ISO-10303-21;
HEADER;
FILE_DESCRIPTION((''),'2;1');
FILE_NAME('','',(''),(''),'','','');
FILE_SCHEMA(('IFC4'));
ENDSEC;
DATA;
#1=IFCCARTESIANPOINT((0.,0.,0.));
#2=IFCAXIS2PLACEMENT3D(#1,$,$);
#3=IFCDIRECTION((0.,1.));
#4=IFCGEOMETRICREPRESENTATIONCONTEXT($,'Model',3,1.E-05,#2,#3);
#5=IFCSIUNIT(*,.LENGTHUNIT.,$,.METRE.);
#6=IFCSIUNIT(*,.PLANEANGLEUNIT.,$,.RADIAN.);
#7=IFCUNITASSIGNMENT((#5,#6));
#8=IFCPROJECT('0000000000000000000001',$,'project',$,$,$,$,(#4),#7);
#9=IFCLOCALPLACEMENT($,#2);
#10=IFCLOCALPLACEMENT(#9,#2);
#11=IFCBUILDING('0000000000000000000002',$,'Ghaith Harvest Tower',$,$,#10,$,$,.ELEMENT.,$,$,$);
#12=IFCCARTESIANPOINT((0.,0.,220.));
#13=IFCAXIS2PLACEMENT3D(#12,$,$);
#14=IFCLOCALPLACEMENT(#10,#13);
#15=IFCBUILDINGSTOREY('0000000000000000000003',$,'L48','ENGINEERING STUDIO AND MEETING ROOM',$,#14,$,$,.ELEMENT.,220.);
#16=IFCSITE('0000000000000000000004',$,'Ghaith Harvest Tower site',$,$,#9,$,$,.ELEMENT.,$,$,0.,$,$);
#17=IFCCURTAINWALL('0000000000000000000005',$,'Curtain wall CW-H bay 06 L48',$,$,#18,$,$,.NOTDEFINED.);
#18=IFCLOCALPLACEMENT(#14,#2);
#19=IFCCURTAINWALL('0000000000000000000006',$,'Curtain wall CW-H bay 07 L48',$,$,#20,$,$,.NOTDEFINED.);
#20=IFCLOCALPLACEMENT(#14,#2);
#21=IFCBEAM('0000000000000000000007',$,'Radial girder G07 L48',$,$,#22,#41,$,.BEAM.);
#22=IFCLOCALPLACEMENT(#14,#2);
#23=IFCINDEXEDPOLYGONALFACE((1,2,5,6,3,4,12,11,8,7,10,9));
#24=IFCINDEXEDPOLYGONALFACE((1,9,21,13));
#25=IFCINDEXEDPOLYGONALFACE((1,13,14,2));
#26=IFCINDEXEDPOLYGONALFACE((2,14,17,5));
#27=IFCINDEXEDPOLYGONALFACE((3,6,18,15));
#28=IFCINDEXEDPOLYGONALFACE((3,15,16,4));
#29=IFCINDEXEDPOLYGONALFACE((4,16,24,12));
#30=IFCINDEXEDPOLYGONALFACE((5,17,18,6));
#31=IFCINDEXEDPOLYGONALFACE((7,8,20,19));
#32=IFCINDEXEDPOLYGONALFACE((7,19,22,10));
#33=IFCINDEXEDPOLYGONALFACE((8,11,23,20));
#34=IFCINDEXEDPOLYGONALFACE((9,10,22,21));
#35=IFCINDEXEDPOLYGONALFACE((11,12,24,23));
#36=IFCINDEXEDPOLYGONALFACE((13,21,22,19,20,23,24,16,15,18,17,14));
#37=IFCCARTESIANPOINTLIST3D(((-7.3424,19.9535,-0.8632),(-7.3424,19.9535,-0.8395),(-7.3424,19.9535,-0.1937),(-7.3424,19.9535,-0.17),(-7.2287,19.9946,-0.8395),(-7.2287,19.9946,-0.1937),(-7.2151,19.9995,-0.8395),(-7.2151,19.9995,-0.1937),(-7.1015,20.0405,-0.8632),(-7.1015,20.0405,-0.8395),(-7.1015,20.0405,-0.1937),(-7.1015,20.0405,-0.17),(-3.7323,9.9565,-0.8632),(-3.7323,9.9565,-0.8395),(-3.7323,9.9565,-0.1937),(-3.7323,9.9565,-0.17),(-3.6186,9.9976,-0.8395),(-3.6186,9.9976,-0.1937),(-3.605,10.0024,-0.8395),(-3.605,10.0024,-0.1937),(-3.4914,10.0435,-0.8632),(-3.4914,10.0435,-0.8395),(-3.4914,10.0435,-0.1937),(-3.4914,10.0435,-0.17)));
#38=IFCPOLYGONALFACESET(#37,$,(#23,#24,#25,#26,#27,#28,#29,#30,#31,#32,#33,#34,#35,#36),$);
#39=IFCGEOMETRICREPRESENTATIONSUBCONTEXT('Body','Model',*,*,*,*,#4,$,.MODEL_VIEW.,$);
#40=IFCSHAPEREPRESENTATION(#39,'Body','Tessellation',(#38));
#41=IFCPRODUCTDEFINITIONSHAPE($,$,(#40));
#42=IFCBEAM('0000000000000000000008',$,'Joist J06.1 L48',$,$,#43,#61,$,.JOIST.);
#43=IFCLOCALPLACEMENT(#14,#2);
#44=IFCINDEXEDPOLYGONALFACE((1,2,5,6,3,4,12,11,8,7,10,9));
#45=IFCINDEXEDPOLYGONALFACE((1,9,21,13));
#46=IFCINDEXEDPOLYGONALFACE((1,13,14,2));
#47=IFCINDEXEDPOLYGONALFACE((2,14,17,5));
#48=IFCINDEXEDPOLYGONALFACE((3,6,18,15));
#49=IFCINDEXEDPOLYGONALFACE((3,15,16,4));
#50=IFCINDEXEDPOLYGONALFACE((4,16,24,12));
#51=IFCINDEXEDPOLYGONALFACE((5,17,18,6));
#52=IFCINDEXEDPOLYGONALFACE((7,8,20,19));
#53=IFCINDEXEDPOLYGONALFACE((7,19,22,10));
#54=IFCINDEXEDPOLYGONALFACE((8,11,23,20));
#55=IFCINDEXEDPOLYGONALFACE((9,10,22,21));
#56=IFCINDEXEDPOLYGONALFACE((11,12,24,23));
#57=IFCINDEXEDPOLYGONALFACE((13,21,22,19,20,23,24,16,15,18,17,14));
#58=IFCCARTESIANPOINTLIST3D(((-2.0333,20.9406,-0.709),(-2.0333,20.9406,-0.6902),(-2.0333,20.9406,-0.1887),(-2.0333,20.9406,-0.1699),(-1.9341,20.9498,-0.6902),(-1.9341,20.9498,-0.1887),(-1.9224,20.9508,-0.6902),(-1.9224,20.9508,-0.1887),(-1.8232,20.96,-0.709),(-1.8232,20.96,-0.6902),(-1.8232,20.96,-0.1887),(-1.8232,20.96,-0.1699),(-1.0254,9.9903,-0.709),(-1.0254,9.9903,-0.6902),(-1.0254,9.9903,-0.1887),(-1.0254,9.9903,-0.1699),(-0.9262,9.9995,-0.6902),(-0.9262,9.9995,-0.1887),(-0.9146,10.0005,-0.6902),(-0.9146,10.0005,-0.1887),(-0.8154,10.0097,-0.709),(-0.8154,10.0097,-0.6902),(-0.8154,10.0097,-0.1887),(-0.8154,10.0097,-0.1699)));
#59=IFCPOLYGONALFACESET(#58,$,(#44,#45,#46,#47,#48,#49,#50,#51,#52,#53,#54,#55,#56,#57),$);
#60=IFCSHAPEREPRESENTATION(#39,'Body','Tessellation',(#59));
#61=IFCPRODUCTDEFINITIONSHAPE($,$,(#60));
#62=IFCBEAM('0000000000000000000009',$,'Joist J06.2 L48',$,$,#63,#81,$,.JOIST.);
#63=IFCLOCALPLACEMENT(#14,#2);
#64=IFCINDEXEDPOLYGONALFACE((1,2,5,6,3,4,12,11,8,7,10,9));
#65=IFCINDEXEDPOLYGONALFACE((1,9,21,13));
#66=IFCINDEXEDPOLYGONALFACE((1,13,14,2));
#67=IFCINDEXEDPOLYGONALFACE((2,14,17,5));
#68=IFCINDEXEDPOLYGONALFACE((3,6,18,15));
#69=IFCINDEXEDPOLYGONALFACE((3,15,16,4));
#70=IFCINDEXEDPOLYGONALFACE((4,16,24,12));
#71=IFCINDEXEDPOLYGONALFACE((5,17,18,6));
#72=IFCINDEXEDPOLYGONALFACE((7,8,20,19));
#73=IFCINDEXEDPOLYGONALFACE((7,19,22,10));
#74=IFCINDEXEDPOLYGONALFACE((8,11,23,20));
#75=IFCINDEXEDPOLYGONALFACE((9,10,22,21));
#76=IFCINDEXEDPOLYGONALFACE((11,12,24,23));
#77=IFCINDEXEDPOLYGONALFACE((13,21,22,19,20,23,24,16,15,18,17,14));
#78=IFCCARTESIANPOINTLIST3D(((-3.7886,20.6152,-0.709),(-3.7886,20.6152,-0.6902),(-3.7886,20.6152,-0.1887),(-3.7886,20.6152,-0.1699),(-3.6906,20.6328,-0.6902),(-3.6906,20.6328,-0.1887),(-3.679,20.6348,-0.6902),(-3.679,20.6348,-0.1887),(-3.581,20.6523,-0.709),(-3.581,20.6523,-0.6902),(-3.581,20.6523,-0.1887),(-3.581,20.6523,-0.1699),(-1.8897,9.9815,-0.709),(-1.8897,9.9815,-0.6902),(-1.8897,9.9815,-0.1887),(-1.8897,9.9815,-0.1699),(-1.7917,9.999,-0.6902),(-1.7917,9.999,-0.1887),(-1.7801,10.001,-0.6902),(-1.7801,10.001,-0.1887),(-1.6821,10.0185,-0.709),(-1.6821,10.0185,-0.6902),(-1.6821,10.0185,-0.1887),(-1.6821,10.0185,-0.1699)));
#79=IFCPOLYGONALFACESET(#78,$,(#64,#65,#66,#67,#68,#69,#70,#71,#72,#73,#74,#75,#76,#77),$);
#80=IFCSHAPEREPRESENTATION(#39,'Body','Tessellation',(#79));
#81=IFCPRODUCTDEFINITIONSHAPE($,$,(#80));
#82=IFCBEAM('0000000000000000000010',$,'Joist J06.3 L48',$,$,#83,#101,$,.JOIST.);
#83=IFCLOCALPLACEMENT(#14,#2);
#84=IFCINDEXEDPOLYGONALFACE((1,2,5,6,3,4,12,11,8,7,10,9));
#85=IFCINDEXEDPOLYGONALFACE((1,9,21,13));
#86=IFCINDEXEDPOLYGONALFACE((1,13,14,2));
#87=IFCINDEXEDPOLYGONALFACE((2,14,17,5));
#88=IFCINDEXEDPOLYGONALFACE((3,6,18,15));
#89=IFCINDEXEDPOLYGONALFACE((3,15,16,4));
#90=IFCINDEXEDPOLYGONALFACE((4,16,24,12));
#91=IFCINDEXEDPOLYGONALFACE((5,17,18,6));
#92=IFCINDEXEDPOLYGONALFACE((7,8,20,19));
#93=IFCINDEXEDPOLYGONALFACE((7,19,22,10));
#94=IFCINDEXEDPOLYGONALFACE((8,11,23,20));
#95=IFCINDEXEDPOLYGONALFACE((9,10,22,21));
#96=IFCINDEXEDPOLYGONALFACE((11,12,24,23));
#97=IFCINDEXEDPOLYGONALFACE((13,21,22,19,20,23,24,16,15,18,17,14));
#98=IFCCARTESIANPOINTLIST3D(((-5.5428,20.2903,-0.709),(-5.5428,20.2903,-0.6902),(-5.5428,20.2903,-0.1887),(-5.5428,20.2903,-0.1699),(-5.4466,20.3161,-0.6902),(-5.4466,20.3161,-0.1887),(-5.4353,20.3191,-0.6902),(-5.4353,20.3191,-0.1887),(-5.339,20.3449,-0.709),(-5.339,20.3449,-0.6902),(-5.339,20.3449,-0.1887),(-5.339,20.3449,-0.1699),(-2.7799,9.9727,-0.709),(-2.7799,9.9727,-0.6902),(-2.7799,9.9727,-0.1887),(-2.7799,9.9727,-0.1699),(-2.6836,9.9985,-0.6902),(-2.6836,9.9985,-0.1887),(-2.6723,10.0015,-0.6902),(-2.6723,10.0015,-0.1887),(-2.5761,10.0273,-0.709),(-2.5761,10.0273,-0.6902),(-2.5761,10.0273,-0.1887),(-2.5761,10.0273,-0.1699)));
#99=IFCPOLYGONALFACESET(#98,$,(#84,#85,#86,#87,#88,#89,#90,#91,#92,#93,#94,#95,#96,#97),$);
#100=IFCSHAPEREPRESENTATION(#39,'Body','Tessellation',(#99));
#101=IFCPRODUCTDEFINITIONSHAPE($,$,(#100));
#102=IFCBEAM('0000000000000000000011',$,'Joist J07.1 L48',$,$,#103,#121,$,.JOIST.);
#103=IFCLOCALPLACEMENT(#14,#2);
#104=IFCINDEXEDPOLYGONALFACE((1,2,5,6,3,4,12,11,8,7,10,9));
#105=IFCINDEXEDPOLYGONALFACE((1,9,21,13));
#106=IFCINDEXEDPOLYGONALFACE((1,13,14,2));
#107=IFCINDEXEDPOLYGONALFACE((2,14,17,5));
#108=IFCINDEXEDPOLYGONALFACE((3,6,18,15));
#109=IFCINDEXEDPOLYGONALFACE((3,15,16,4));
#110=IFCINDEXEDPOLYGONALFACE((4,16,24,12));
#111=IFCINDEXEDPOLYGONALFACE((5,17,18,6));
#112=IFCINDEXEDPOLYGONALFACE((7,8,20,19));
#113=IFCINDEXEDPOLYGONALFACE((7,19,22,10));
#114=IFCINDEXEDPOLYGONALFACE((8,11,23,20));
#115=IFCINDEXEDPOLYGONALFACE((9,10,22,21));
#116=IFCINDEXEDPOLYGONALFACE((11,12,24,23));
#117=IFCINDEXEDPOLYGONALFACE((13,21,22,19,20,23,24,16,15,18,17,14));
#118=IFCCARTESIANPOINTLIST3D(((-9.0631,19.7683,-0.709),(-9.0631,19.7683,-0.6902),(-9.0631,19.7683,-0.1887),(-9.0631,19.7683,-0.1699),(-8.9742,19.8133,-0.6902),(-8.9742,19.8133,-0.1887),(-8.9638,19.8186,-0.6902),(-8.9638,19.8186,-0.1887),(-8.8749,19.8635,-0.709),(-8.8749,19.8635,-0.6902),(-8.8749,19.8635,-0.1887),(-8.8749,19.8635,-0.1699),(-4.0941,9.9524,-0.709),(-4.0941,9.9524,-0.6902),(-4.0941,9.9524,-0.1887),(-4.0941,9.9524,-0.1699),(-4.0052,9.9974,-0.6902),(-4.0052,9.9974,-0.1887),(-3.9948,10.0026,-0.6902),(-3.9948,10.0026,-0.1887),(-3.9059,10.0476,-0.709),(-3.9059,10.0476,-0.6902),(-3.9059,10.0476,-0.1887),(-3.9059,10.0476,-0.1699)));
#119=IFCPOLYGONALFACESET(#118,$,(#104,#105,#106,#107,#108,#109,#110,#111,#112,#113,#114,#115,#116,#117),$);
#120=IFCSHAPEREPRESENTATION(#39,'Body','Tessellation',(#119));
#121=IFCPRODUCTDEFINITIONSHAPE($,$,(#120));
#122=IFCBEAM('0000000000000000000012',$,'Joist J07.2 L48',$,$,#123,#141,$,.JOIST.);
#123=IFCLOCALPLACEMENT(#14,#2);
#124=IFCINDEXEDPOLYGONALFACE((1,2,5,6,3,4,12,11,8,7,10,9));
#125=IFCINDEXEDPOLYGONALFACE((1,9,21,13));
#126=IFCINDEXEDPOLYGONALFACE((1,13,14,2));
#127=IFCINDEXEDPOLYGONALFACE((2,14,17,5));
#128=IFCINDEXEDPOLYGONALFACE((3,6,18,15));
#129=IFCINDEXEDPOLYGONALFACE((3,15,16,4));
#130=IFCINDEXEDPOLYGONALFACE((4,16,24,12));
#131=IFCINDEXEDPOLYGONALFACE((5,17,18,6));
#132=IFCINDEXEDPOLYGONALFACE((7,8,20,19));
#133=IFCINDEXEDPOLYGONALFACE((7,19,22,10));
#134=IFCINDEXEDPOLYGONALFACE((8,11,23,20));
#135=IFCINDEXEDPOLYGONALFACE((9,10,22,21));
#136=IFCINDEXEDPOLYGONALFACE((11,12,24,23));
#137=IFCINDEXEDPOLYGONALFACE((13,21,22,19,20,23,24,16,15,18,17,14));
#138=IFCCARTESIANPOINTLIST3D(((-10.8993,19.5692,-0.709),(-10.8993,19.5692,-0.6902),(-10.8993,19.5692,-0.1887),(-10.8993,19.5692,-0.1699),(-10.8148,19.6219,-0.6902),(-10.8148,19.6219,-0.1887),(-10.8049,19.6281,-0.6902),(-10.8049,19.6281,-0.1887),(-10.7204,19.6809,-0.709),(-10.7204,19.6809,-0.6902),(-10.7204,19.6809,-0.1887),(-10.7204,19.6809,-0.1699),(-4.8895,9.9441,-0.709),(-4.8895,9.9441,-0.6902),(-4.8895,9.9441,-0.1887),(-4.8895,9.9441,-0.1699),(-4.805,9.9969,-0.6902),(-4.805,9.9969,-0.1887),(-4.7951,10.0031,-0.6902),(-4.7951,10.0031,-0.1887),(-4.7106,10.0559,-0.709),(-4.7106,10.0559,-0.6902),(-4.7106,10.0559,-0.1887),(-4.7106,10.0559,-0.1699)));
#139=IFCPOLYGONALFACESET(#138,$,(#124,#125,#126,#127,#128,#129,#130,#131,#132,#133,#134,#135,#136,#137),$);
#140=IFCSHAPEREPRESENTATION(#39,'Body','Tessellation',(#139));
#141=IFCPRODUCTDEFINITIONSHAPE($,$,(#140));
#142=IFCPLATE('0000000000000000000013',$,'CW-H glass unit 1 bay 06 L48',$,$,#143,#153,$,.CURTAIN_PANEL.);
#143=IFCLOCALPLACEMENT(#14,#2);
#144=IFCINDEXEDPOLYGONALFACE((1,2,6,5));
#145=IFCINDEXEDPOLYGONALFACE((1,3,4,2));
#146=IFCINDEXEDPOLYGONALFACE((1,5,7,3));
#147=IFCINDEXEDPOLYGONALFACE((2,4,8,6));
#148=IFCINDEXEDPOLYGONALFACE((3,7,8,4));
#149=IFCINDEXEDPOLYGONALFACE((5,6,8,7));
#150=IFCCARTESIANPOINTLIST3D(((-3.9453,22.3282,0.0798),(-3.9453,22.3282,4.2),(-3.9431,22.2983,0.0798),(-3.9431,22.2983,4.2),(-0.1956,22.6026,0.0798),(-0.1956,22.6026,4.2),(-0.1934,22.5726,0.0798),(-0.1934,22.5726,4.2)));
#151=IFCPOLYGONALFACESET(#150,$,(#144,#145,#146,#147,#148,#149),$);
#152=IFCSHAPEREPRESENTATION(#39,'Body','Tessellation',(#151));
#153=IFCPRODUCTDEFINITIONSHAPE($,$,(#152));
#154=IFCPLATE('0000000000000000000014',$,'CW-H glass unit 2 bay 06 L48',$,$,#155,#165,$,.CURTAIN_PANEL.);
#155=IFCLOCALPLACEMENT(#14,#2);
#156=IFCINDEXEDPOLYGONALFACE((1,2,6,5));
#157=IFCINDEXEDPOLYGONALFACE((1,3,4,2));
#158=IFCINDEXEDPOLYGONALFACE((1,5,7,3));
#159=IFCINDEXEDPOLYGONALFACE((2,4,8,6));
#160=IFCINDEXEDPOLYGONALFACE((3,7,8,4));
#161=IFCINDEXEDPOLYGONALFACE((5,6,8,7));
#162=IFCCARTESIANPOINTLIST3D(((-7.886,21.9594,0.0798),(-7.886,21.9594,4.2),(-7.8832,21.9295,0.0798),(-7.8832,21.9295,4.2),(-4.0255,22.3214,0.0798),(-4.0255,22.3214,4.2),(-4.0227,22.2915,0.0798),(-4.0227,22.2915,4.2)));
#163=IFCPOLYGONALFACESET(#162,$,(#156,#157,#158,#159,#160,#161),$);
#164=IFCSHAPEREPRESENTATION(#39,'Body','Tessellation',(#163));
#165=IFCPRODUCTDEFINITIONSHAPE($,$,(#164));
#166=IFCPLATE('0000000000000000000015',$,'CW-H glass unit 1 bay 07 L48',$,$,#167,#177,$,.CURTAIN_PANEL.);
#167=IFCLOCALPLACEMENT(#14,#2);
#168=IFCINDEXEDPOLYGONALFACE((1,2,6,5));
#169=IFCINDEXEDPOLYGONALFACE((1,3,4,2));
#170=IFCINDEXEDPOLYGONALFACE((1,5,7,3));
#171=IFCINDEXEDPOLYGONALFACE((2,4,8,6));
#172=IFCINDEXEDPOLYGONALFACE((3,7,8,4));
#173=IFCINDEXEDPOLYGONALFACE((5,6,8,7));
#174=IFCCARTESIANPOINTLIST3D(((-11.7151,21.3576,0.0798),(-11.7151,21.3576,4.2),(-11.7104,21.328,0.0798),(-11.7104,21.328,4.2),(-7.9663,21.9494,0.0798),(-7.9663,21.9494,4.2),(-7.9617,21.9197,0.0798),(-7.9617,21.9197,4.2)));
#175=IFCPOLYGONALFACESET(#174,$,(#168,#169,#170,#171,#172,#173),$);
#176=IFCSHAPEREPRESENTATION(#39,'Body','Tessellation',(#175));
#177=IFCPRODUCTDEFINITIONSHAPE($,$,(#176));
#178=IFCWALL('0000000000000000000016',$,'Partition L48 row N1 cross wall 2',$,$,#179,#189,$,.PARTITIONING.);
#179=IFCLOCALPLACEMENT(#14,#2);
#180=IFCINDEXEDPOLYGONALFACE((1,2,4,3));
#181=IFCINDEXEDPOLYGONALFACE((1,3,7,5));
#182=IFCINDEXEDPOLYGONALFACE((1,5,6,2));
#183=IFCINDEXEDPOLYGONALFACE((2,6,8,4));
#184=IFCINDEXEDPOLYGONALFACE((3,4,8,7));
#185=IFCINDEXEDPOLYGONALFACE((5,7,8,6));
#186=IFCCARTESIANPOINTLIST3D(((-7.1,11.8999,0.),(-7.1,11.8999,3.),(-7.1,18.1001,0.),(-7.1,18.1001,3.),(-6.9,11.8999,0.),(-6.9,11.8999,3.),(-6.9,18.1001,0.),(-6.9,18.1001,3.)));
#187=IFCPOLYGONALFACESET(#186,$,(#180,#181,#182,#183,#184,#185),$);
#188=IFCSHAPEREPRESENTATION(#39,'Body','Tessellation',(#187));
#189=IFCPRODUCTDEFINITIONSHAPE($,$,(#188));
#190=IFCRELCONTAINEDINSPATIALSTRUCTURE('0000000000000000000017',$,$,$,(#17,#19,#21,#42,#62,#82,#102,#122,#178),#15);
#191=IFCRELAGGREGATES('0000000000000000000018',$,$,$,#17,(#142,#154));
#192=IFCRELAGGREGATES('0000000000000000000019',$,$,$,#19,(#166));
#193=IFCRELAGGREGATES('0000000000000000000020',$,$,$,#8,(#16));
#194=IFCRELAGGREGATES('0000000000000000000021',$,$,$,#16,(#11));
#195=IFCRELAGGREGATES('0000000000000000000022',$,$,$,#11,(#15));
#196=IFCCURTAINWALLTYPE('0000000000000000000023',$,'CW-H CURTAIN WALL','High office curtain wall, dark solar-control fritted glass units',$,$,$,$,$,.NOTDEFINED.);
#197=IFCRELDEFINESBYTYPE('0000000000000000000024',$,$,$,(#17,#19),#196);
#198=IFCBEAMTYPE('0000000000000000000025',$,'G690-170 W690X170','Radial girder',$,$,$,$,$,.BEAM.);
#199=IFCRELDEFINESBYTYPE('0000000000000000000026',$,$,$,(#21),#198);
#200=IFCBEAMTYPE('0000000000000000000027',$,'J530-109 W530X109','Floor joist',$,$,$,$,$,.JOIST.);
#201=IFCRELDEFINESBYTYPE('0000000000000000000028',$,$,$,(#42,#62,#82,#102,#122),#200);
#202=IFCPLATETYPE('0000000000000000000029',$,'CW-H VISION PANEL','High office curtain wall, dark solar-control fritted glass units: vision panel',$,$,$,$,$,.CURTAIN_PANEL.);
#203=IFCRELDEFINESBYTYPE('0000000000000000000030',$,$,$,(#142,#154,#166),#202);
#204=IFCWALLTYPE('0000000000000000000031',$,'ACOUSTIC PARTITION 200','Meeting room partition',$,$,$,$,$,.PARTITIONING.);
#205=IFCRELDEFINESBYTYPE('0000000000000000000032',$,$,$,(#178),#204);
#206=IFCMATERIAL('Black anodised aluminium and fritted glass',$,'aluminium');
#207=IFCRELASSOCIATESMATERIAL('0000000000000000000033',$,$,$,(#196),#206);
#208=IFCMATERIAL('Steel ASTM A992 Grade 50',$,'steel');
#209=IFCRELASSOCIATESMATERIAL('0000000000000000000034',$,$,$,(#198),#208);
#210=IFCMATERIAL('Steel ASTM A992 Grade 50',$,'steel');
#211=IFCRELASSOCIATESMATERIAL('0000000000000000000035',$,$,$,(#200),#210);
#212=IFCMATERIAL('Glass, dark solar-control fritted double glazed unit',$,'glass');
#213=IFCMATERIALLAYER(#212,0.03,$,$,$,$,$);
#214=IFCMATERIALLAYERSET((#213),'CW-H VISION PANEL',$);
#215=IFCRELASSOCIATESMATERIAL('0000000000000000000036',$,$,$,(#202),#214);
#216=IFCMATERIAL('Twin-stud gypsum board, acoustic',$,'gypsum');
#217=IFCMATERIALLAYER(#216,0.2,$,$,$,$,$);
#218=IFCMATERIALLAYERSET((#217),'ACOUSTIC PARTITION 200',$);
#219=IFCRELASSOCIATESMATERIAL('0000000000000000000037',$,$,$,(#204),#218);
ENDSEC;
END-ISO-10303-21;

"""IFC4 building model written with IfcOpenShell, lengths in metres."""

from ifc_helpers import new_model, si_unit, direction, frame, frame_2d, origin, origin_2d, place, context, subcontext, project, spatial, rectangle, i_section, extrude, material, layer, layer_set, material_profile, profile_set, type_object, element, aggregate, save


model = new_model("IFC4")

# Units and contexts
model_context = context("Model", 3, precision=1e-05, world=origin(), true_north=direction((0.0, 1.0)))
body_context = subcontext(model_context, "Body", "Model", "MODEL_VIEW")
ifc_project = project(units=[si_unit("LENGTHUNIT", "METRE"), si_unit("PLANEANGLEUNIT", "RADIAN")], contexts=[model_context])

# Site, building, storey
site_placement = place(None, origin())
site = spatial("IfcSite", under=ifc_project, at=site_placement, Name="Ghaith Harvest Tower site", CompositionType="ELEMENT", RefElevation=0.0)
building_placement = place(site_placement, origin())
building = spatial("IfcBuilding", under=site, at=building_placement, Name="Ghaith Harvest Tower", CompositionType="ELEMENT")
storey_placement = place(building_placement, frame((0.0, 0.0, 220.0)))
storey = spatial("IfcBuildingStorey", under=building, at=storey_placement, Name="L48", Description="ENGINEERING STUDIO AND MEETING ROOM", CompositionType="ELEMENT", Elevation=220.0)

# Curtain walls
ifc_material_1 = material(Name="Black anodised aluminium and fritted glass", Category="aluminium")
curtain_wall_type = type_object("IfcCurtainWallType", Name="CW-H CURTAIN WALL", Description="High office curtain wall, dark solar-control fritted glass units", PredefinedType="NOTDEFINED", material=ifc_material_1)
curtain_wall_1_placement = place(storey_placement, origin())
curtain_wall_1 = element("IfcCurtainWall", 1, at=curtain_wall_1_placement, inside=storey, type_object=curtain_wall_type, Name="Curtain wall CW-H bay 06 L48", PredefinedType="NOTDEFINED")
curtain_wall_2_placement = place(storey_placement, origin())
curtain_wall_2 = element("IfcCurtainWall", 2, at=curtain_wall_2_placement, inside=storey, type_object=curtain_wall_type, Name="Curtain wall CW-H bay 07 L48", PredefinedType="NOTDEFINED")

# Beams
ifc_material_2 = material(Name="Steel ASTM A992 Grade 50", Category="steel")
ifc_material_profile_1 = material_profile(ifc_material_2, i_section(OverallWidth=0.2561, OverallDepth=0.6931, WebThickness=0.0144, FlangeThickness=0.0237, at=origin_2d()), Name="W690X170")
ifc_profile_set_1 = profile_set([ifc_material_profile_1], Name="Steel ASTM A992 Grade 50")
beam_type_1 = type_object("IfcBeamType", Name="G690-170 W690X170", Description="Radial girder", PredefinedType="BEAM", material=ifc_profile_set_1)
beam_1_placement = place(storey_placement, frame((-3.6118, 10.0, -0.5166), z_axis=(-0.339649, 0.940552, 0.0), x_axis=(-0.940552, -0.339649, 0.0)))
element("IfcBeam", 3, at=beam_1_placement, inside=storey, type_object=beam_type_1, Name="Radial girder G07 L48", PredefinedType="BEAM", context=body_context, shape_type="SweptSolid", body=[
    extrude(i_section(OverallWidth=0.2561, OverallDepth=0.6931, WebThickness=0.0144, FlangeThickness=0.0237, at=origin_2d()), origin(), (0.0, 0.0, 1.0), 10.6289),
])
ifc_material_3 = material(Name="Steel ASTM A992 Grade 50", Category="steel")
ifc_material_profile_2 = material_profile(ifc_material_3, i_section(OverallWidth=0.2109, OverallDepth=0.5391, WebThickness=0.0117, FlangeThickness=0.0188, at=origin_2d()), Name="W530X109")
ifc_profile_set_2 = profile_set([ifc_material_profile_2], Name="Steel ASTM A992 Grade 50")
beam_type_2 = type_object("IfcBeamType", Name="J530-109 W530X109", Description="Floor joist", PredefinedType="JOIST", material=ifc_profile_set_2)
beam_2_placement = place(storey_placement, frame((-0.9204, 10.0, -0.4395), z_axis=(-0.091649, 0.995791, 0.0), x_axis=(-0.995791, -0.091649, 0.0)))
element("IfcBeam", 4, at=beam_2_placement, inside=storey, type_object=beam_type_2, Name="Joist J06.1 L48", PredefinedType="JOIST", context=body_context, shape_type="SweptSolid", body=[
    extrude(i_section(OverallWidth=0.2109, OverallDepth=0.5391, WebThickness=0.0117, FlangeThickness=0.0188, at=origin_2d()), origin(), (0.0, 0.0, 1.0), 10.9966),
])
beam_3_placement = place(storey_placement, frame((-1.7859, 10.0, -0.4395), z_axis=(-0.175794, 0.984427, 0.0), x_axis=(-0.984427, -0.175794, 0.0)))
element("IfcBeam", 5, at=beam_3_placement, inside=storey, type_object=beam_type_2, Name="Joist J06.2 L48", PredefinedType="JOIST", context=body_context, shape_type="SweptSolid", body=[
    extrude(i_section(OverallWidth=0.2109, OverallDepth=0.5391, WebThickness=0.0117, FlangeThickness=0.0188, at=origin_2d()), origin(), (0.0, 0.0, 1.0), 10.802),
])
beam_4_placement = place(storey_placement, frame((-2.678, 10.0, -0.4395), z_axis=(-0.258674, 0.965965, 0.0), x_axis=(-0.965965, -0.258674, 0.0)))
element("IfcBeam", 6, at=beam_4_placement, inside=storey, type_object=beam_type_2, Name="Joist J06.3 L48", PredefinedType="JOIST", context=body_context, shape_type="SweptSolid", body=[
    extrude(i_section(OverallWidth=0.2109, OverallDepth=0.5391, WebThickness=0.0117, FlangeThickness=0.0188, at=origin_2d()), origin(), (0.0, 0.0, 1.0), 10.6812),
])
beam_5_placement = place(storey_placement, frame((-4.0, 10.0, -0.4395), z_axis=(-0.451646, 0.892197, 0.0), x_axis=(-0.892197, -0.451646, 0.0)))
element("IfcBeam", 7, at=beam_5_placement, inside=storey, type_object=beam_type_2, Name="Joist J07.1 L48", PredefinedType="JOIST", context=body_context, shape_type="SweptSolid", body=[
    extrude(i_section(OverallWidth=0.2109, OverallDepth=0.5391, WebThickness=0.0117, FlangeThickness=0.0188, at=origin_2d()), origin(), (0.0, 0.0, 1.0), 11.002),
])
beam_6_placement = place(storey_placement, frame((-4.8, 10.0, -0.4395), z_axis=(-0.529628, 0.84823, 0.0), x_axis=(-0.84823, -0.529628, 0.0)))
element("IfcBeam", 8, at=beam_6_placement, inside=storey, type_object=beam_type_2, Name="Joist J07.2 L48", PredefinedType="JOIST", context=body_context, shape_type="SweptSolid", body=[
    extrude(i_section(OverallWidth=0.2109, OverallDepth=0.5391, WebThickness=0.0117, FlangeThickness=0.0188, at=origin_2d()), origin(), (0.0, 0.0, 1.0), 11.3472),
])

# Plates
ifc_material_4 = material(Name="Glass, dark solar-control fritted double glazed unit", Category="glass")
ifc_layer_1 = layer(ifc_material_4, 0.03)
ifc_layer_set_1 = layer_set([ifc_layer_1], Name="CW-H VISION PANEL")
plate_type = type_object("IfcPlateType", Name="CW-H VISION PANEL", Description="High office curtain wall, dark solar-control fritted glass units: vision panel", PredefinedType="CURTAIN_PANEL", material=ifc_layer_set_1)
plate_1_placement = place(storey_placement, frame((-2.0693, 22.4504, 0.0798), z_axis=(0.0, 0.0, 1.0), x_axis=(-0.997334, -0.072966, 0.0)))
plate_1 = element("IfcPlate", 9, at=plate_1_placement, type_object=plate_type, Name="CW-H glass unit 1 bay 06 L48", PredefinedType="CURTAIN_PANEL", context=body_context, shape_type="SweptSolid", body=[
    extrude(rectangle(XDim=3.7598, YDim=0.03, at=origin_2d()), origin(), (0.0, 0.0, 1.0), 4.1201),
])
plate_2_placement = place(storey_placement, frame((-5.9543, 22.1255, 0.0798), z_axis=(0.0, 0.0, 1.0), x_axis=(-0.995632, -0.093365, 0.0)))
plate_2 = element("IfcPlate", 10, at=plate_2_placement, type_object=plate_type, Name="CW-H glass unit 2 bay 06 L48", PredefinedType="CURTAIN_PANEL", context=body_context, shape_type="SweptSolid", body=[
    extrude(rectangle(XDim=3.8774, YDim=0.03, at=origin_2d()), origin(), (0.0, 0.0, 1.0), 4.1201),
])
aggregate(curtain_wall_1, [plate_1, plate_2])
plate_3_placement = place(storey_placement, frame((-9.8384, 21.6387, 0.0798), z_axis=(0.0, 0.0, 1.0), x_axis=(-0.98777, -0.155916, 0.0)))
plate_3 = element("IfcPlate", 11, at=plate_3_placement, type_object=plate_type, Name="CW-H glass unit 1 bay 07 L48", PredefinedType="CURTAIN_PANEL", context=body_context, shape_type="SweptSolid", body=[
    extrude(rectangle(XDim=3.7952, YDim=0.03, at=origin_2d()), origin(), (0.0, 0.0, 1.0), 4.1201),
])
aggregate(curtain_wall_2, [plate_3])

# Wall
ifc_material_5 = material(Name="Twin-stud gypsum board, acoustic", Category="gypsum")
ifc_layer_2 = layer(ifc_material_5, 0.2)
ifc_layer_set_2 = layer_set([ifc_layer_2], Name="ACOUSTIC PARTITION 200")
wall_type = type_object("IfcWallType", Name="ACOUSTIC PARTITION 200", Description="Meeting room partition", PredefinedType="PARTITIONING", material=ifc_layer_set_2)
for number, where, z_axis, x_axis, name in (
    (12, (-7.0, 11.8999, 0.0), (0.0, 0.0, 1.0), (0.0, 1.0, 0.0), "Partition L48 row N1 cross wall 2"),
):
    element("IfcWall", number, at=place(storey_placement, frame(where, z_axis=z_axis, x_axis=x_axis)), inside=storey, type_object=wall_type, Name=name, PredefinedType="PARTITIONING", context=body_context, shape_type="SweptSolid", body=[
        extrude(rectangle(XDim=6.2002, YDim=0.2, at=frame_2d((3.1001, 0.0))), origin(), (0.0, 0.0, 1.0), 3.0),
    ])

save(model, "model.ifc")
